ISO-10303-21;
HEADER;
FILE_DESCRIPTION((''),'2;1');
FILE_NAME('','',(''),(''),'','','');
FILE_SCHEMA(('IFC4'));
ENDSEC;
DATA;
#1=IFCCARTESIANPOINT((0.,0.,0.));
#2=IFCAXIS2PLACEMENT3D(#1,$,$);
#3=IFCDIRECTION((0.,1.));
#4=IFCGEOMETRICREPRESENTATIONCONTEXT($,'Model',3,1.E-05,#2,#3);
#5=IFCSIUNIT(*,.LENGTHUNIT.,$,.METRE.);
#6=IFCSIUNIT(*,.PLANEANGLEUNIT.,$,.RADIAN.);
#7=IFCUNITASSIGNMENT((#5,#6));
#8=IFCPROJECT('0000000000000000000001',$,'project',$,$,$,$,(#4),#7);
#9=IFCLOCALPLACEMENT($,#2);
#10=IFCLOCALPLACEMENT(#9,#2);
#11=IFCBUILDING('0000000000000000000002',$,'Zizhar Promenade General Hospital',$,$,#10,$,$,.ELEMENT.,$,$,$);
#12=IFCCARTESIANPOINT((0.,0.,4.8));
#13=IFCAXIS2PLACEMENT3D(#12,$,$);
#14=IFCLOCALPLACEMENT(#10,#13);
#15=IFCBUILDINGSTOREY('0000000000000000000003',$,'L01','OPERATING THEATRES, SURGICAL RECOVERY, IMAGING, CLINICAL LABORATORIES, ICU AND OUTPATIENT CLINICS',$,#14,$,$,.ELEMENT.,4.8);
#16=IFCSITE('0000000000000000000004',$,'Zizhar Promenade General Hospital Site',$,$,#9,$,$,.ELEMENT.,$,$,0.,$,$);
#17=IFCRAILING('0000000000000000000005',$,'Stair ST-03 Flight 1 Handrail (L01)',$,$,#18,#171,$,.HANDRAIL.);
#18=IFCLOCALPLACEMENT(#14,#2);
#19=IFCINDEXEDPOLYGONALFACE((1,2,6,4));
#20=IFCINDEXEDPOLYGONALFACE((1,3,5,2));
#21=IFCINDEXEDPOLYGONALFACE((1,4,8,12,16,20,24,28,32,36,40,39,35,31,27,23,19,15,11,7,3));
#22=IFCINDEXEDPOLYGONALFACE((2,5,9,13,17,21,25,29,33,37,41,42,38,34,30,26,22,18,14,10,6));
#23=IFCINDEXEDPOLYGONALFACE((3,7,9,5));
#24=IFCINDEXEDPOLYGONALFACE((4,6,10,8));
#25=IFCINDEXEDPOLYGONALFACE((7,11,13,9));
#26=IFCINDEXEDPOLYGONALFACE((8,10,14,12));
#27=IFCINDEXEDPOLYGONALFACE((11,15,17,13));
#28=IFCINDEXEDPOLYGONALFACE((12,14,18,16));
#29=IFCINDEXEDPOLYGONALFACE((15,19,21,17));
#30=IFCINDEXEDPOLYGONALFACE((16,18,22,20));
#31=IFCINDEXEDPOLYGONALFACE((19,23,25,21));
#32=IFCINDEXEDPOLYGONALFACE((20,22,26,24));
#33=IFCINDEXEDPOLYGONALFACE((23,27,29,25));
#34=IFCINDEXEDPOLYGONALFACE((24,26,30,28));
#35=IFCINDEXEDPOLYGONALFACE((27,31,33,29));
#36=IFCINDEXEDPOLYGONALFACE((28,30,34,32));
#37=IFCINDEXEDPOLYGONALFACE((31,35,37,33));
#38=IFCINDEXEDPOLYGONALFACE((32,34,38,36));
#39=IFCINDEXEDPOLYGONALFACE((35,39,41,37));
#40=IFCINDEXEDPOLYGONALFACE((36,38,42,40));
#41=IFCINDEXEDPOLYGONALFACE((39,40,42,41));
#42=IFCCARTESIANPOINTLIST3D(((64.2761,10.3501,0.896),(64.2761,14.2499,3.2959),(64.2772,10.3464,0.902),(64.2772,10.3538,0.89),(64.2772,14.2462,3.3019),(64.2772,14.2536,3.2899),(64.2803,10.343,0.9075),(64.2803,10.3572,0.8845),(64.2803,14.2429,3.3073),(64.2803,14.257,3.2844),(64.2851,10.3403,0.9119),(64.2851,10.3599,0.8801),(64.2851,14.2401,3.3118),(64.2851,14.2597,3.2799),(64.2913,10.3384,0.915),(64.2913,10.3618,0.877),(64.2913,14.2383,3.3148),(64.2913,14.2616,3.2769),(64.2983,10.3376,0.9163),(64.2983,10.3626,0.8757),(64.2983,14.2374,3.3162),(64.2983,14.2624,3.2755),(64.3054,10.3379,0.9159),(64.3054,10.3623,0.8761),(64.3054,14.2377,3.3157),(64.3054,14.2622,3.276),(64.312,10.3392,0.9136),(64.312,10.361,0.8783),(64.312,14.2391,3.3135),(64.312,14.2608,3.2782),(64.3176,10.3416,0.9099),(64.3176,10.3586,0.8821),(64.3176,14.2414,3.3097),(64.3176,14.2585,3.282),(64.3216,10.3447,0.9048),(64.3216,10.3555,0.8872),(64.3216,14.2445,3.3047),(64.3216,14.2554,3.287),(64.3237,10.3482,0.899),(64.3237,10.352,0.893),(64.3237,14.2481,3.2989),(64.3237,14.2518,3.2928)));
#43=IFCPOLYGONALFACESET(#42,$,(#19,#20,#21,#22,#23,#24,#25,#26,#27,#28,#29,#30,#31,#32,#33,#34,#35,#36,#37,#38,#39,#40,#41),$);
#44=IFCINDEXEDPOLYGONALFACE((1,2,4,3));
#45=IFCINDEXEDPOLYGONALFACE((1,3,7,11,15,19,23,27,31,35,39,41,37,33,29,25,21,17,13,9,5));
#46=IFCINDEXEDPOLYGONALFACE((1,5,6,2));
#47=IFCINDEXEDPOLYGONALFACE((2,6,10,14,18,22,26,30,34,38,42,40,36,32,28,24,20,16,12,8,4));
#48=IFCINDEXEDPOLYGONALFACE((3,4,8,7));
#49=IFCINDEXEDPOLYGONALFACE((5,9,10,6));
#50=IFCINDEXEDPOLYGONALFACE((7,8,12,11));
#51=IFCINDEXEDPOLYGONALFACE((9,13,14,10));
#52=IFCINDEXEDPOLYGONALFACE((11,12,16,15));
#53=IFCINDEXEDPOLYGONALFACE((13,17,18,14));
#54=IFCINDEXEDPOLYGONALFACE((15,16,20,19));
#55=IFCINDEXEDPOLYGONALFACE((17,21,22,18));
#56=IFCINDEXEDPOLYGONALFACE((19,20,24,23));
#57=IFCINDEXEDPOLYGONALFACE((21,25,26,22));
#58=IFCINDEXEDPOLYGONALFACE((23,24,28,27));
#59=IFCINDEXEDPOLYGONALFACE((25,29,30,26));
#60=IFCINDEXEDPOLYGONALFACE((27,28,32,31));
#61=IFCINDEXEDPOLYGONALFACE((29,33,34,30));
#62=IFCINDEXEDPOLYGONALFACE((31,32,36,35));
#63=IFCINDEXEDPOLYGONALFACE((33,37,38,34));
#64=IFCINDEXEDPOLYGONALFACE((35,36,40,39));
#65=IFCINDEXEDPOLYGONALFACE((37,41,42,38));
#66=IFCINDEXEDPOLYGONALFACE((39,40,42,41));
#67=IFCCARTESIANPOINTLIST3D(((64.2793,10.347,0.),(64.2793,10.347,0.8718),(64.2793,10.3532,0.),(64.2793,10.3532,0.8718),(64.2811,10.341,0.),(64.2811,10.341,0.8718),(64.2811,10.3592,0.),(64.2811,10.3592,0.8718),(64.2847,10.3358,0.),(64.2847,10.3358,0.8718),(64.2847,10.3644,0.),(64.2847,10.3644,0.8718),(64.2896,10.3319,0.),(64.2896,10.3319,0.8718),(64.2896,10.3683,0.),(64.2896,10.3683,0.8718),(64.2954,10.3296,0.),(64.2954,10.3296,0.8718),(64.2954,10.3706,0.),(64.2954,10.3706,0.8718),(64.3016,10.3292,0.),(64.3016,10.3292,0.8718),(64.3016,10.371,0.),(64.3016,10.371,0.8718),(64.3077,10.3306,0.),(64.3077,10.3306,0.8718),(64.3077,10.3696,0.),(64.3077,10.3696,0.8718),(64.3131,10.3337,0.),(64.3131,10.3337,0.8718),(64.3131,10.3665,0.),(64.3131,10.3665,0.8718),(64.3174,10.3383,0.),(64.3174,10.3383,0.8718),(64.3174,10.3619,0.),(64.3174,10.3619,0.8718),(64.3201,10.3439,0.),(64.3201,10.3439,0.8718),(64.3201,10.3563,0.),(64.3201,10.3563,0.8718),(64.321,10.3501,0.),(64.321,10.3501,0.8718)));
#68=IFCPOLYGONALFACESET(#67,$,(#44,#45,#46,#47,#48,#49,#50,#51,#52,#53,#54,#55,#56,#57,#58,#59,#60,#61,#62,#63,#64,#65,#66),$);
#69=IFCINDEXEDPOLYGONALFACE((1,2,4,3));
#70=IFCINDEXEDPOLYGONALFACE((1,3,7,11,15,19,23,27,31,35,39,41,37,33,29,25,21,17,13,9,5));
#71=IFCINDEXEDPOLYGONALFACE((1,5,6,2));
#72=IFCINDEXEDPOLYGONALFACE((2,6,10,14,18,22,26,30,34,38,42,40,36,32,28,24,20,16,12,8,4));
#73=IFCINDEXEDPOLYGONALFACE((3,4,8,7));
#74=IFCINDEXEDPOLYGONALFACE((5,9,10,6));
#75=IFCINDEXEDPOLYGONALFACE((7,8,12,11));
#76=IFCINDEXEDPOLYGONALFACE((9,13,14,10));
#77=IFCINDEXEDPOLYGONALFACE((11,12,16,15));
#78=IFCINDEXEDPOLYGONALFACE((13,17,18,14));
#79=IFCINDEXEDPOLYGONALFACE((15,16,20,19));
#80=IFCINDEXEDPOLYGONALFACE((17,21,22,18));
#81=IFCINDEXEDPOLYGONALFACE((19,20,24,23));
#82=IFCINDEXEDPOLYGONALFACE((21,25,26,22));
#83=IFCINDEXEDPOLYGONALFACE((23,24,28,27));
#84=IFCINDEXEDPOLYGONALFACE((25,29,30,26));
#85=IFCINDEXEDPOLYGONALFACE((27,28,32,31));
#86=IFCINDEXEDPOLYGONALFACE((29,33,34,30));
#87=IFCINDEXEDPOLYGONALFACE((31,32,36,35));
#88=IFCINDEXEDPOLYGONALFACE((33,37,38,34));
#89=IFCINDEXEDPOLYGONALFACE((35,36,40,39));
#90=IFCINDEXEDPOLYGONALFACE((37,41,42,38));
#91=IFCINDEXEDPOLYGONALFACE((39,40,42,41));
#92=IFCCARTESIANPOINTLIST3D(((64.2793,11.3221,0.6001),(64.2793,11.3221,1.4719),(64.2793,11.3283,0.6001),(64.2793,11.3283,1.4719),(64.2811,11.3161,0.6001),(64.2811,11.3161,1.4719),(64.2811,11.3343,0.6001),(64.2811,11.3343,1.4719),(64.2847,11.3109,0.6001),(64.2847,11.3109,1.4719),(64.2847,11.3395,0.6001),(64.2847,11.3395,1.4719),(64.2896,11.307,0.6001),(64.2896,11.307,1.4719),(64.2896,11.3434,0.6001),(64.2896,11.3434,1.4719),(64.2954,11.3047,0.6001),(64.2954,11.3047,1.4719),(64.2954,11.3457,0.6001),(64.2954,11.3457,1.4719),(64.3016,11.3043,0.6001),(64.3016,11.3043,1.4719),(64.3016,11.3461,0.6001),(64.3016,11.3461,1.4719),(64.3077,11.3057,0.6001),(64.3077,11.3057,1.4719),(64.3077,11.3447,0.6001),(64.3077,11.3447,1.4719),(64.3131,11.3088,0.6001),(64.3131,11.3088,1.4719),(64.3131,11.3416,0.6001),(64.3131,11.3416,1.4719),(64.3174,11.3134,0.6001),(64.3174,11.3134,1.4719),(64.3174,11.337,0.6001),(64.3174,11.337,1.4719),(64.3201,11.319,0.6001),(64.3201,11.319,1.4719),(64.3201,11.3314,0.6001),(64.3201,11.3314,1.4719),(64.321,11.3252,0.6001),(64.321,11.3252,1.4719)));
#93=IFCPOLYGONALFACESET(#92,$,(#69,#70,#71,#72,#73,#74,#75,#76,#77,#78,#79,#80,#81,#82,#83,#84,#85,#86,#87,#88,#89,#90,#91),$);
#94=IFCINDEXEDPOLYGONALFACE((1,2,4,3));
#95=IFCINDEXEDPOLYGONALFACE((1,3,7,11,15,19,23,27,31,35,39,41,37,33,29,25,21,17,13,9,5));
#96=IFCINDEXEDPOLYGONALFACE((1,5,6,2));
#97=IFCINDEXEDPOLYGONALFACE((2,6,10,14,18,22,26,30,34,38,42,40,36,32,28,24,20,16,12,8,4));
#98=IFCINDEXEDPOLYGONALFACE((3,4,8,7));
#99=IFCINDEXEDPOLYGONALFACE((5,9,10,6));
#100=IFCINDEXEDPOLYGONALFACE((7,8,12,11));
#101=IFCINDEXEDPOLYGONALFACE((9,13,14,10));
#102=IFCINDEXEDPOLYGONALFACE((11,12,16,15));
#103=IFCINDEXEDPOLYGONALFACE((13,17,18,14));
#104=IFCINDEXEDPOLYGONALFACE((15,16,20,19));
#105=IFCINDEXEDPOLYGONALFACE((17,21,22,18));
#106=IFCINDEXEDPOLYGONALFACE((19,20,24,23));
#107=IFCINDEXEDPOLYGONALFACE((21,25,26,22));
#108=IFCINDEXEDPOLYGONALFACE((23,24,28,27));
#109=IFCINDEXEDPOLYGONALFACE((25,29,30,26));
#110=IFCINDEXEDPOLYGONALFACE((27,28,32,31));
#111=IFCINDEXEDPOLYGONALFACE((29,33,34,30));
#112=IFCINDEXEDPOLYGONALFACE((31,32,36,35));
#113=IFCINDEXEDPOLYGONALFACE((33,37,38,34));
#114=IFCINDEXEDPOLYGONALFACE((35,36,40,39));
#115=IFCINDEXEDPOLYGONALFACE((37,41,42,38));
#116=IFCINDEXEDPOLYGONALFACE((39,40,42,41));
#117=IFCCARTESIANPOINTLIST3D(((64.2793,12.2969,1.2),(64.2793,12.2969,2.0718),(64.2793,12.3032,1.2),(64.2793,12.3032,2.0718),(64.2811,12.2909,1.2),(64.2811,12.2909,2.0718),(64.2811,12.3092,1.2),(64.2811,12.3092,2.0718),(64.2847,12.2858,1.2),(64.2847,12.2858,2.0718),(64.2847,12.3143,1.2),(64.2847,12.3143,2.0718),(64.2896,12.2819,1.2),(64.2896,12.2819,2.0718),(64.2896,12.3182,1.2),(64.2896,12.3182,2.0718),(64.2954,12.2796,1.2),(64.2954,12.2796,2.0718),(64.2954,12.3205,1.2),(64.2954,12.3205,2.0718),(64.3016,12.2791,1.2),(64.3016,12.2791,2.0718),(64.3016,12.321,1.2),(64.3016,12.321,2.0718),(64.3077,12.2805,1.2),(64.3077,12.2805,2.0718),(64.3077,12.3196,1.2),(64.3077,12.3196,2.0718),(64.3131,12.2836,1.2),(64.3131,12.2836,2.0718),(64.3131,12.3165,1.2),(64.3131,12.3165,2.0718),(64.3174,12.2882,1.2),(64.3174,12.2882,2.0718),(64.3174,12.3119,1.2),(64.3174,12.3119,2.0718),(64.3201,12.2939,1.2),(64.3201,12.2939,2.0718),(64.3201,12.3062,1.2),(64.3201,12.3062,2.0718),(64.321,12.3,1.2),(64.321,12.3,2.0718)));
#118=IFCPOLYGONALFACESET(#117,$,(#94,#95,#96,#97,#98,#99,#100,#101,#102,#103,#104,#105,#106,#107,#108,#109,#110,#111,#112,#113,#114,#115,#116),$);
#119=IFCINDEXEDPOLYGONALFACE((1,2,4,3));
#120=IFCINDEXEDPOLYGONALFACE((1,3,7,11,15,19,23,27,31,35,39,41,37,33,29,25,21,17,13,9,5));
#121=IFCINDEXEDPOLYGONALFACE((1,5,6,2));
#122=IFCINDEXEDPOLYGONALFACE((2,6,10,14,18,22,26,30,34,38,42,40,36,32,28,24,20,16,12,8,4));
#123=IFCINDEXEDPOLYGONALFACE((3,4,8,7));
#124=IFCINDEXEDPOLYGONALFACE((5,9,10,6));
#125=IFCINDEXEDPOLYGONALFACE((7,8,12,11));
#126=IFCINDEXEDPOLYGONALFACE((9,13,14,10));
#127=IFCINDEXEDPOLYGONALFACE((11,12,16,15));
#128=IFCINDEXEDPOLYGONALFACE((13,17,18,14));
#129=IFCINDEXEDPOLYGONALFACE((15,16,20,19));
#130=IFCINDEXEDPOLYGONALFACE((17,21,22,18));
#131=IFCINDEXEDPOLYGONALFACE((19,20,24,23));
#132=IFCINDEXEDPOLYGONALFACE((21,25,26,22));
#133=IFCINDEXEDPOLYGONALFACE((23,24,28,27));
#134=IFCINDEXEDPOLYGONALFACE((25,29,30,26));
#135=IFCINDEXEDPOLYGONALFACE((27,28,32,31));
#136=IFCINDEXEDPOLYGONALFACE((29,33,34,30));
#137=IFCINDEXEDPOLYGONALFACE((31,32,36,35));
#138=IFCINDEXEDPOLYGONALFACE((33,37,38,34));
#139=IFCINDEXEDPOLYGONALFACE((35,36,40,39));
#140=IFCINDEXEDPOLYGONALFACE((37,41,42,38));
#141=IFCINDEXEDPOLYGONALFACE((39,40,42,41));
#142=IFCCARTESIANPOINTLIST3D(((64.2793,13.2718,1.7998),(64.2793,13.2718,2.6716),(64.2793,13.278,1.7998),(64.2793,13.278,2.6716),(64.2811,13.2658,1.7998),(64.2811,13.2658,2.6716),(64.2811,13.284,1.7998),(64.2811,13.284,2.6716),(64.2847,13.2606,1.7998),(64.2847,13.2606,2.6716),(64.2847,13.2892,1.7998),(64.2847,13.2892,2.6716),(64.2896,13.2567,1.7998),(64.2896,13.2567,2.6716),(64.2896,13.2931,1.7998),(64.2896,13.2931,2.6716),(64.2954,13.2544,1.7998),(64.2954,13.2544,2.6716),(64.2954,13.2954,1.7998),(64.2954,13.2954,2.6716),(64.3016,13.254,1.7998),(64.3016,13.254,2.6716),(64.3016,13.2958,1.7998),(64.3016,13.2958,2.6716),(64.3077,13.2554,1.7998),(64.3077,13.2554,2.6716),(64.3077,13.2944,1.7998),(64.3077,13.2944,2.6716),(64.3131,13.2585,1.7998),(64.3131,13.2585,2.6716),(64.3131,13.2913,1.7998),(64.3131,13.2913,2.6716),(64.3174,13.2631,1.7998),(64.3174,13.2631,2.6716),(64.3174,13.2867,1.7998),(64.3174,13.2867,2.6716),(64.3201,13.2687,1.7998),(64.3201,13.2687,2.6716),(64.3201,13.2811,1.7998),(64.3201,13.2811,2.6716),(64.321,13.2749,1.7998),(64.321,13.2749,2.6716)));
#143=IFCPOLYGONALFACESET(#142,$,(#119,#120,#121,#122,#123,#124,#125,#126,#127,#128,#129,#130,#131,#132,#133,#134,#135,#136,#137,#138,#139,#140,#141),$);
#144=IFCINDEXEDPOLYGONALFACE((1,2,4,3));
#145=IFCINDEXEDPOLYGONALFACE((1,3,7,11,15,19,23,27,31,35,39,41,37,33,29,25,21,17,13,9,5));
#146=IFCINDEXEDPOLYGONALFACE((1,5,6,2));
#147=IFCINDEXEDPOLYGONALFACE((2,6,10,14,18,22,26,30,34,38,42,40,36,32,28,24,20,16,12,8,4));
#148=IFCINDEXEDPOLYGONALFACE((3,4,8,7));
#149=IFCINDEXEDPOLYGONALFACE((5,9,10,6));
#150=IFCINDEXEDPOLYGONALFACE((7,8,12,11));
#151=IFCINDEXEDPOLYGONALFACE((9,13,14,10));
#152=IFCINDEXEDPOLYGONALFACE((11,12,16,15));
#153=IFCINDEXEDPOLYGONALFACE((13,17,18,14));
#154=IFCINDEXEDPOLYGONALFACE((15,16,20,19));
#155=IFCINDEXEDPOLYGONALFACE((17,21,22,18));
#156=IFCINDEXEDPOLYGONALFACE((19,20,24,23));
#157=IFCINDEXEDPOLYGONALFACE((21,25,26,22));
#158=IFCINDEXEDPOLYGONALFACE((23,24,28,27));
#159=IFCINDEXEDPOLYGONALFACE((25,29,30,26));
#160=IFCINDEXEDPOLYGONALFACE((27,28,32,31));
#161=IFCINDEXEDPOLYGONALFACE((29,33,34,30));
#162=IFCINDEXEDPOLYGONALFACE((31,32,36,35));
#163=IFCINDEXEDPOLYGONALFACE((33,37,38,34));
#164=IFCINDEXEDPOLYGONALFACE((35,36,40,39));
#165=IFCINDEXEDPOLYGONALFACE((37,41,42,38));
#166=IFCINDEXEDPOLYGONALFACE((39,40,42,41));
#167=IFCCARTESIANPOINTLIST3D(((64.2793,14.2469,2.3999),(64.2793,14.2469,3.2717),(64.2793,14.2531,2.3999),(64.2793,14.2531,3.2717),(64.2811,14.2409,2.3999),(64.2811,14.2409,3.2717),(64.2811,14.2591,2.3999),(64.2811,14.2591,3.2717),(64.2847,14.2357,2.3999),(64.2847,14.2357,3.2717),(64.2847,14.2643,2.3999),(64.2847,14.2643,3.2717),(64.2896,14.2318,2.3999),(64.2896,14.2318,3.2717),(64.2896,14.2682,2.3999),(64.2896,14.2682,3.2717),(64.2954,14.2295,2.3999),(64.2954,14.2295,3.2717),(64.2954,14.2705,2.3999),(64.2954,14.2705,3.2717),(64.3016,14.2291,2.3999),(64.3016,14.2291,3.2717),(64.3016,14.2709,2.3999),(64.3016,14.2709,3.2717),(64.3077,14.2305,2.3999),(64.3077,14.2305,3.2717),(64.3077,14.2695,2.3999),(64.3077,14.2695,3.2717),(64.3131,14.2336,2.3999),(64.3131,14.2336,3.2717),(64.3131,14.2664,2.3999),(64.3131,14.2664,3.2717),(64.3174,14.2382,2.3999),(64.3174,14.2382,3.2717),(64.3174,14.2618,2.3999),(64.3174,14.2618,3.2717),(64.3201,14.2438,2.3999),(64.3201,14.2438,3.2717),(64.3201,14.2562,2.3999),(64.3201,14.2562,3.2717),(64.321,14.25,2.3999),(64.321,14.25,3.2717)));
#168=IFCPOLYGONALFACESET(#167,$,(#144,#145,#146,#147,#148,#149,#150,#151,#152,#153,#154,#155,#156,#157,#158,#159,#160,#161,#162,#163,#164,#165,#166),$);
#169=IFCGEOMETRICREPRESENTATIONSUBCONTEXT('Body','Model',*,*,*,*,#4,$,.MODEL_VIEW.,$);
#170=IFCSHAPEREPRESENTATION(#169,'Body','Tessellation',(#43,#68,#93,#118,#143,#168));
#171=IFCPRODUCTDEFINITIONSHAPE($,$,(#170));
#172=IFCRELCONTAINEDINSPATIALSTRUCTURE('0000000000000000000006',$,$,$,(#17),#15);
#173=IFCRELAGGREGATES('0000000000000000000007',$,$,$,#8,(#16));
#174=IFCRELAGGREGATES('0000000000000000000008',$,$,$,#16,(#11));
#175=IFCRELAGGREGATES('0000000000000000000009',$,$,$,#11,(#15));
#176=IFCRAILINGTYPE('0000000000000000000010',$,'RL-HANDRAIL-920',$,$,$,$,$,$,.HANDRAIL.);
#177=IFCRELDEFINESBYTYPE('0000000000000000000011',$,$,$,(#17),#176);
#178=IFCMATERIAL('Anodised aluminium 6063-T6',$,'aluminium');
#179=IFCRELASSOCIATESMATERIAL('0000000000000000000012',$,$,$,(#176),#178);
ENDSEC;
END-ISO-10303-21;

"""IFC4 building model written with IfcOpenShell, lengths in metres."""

from ifc_helpers import new_model, si_unit, direction, frame, origin, origin_2d, place, context, subcontext, project, spatial, circle, hollow_circle, extrude, material, material_profile, profile_set, type_object, element, save


model = new_model("IFC4")

# Units and contexts
model_context = context("Model", 3, precision=1e-05, world=origin(), true_north=direction((0.0, 1.0)))
body_context = subcontext(model_context, "Body", "Model", "MODEL_VIEW")
ifc_project = project(units=[si_unit("LENGTHUNIT", "METRE"), si_unit("PLANEANGLEUNIT", "RADIAN")], contexts=[model_context])

# Site, building, storey
site_placement = place(None, origin())
site = spatial("IfcSite", under=ifc_project, at=site_placement, Name="Zizhar Promenade General Hospital Site", CompositionType="ELEMENT", RefElevation=0.0)
building_placement = place(site_placement, origin())
building = spatial("IfcBuilding", under=site, at=building_placement, Name="Zizhar Promenade General Hospital", CompositionType="ELEMENT")
storey_placement = place(building_placement, frame((0.0, 0.0, 4.8)))
storey = spatial("IfcBuildingStorey", under=building, at=storey_placement, Name="L01", Description="OPERATING THEATRES, SURGICAL RECOVERY, IMAGING, CLINICAL LABORATORIES, ICU AND OUTPATIENT CLINICS", CompositionType="ELEMENT", Elevation=4.8)

# Railing
ifc_material_1 = material(Name="Anodised aluminium 6063-T6", Category="aluminium")
ifc_material_profile_1 = material_profile(ifc_material_1, hollow_circle(Radius=0.0698, WallThickness=0.0063, at=origin_2d()))
ifc_profile_set_1 = profile_set([ifc_material_profile_1], Name="Anodised aluminium 6063-T6")
railing_type_1 = type_object("IfcRailingType", Name="RL-HANDRAIL-920", PredefinedType="HANDRAIL", material=ifc_profile_set_1)
railing_1_placement = place(storey_placement, frame((64.3, 10.3501, 0.0)))
element("IfcRailing", 1, at=railing_1_placement, inside=storey, type_object=railing_type_1, Name="Stair ST-03 Flight 1 Handrail (L01)", PredefinedType="HANDRAIL", context=body_context, shape_type="SweptSolid", body=[
    extrude(circle(Radius=0.0239, at=origin_2d()), frame((0.0, 0.0, 0.896), z_axis=(0.0, 0.851662, 0.524091), x_axis=(-1.0, 0.0, 0.0)), (0.0, 0.0, 1.0), 4.5791),
    extrude(circle(Radius=0.021, at=origin_2d()), origin(), (0.0, 0.0, 1.0), 0.8718),
    extrude(circle(Radius=0.021, at=origin_2d()), frame((0.0, 0.9751, 0.6001)), (0.0, 0.0, 1.0), 0.8718),
    extrude(circle(Radius=0.021, at=origin_2d()), frame((0.0, 1.95, 1.2)), (0.0, 0.0, 1.0), 0.8718),
    extrude(circle(Radius=0.021, at=origin_2d()), frame((0.0, 2.9248, 1.7998)), (0.0, 0.0, 1.0), 0.8718),
    extrude(circle(Radius=0.021, at=origin_2d()), frame((0.0, 3.8999, 2.3999)), (0.0, 0.0, 1.0), 0.8718),
])

save(model, "model.ifc")
